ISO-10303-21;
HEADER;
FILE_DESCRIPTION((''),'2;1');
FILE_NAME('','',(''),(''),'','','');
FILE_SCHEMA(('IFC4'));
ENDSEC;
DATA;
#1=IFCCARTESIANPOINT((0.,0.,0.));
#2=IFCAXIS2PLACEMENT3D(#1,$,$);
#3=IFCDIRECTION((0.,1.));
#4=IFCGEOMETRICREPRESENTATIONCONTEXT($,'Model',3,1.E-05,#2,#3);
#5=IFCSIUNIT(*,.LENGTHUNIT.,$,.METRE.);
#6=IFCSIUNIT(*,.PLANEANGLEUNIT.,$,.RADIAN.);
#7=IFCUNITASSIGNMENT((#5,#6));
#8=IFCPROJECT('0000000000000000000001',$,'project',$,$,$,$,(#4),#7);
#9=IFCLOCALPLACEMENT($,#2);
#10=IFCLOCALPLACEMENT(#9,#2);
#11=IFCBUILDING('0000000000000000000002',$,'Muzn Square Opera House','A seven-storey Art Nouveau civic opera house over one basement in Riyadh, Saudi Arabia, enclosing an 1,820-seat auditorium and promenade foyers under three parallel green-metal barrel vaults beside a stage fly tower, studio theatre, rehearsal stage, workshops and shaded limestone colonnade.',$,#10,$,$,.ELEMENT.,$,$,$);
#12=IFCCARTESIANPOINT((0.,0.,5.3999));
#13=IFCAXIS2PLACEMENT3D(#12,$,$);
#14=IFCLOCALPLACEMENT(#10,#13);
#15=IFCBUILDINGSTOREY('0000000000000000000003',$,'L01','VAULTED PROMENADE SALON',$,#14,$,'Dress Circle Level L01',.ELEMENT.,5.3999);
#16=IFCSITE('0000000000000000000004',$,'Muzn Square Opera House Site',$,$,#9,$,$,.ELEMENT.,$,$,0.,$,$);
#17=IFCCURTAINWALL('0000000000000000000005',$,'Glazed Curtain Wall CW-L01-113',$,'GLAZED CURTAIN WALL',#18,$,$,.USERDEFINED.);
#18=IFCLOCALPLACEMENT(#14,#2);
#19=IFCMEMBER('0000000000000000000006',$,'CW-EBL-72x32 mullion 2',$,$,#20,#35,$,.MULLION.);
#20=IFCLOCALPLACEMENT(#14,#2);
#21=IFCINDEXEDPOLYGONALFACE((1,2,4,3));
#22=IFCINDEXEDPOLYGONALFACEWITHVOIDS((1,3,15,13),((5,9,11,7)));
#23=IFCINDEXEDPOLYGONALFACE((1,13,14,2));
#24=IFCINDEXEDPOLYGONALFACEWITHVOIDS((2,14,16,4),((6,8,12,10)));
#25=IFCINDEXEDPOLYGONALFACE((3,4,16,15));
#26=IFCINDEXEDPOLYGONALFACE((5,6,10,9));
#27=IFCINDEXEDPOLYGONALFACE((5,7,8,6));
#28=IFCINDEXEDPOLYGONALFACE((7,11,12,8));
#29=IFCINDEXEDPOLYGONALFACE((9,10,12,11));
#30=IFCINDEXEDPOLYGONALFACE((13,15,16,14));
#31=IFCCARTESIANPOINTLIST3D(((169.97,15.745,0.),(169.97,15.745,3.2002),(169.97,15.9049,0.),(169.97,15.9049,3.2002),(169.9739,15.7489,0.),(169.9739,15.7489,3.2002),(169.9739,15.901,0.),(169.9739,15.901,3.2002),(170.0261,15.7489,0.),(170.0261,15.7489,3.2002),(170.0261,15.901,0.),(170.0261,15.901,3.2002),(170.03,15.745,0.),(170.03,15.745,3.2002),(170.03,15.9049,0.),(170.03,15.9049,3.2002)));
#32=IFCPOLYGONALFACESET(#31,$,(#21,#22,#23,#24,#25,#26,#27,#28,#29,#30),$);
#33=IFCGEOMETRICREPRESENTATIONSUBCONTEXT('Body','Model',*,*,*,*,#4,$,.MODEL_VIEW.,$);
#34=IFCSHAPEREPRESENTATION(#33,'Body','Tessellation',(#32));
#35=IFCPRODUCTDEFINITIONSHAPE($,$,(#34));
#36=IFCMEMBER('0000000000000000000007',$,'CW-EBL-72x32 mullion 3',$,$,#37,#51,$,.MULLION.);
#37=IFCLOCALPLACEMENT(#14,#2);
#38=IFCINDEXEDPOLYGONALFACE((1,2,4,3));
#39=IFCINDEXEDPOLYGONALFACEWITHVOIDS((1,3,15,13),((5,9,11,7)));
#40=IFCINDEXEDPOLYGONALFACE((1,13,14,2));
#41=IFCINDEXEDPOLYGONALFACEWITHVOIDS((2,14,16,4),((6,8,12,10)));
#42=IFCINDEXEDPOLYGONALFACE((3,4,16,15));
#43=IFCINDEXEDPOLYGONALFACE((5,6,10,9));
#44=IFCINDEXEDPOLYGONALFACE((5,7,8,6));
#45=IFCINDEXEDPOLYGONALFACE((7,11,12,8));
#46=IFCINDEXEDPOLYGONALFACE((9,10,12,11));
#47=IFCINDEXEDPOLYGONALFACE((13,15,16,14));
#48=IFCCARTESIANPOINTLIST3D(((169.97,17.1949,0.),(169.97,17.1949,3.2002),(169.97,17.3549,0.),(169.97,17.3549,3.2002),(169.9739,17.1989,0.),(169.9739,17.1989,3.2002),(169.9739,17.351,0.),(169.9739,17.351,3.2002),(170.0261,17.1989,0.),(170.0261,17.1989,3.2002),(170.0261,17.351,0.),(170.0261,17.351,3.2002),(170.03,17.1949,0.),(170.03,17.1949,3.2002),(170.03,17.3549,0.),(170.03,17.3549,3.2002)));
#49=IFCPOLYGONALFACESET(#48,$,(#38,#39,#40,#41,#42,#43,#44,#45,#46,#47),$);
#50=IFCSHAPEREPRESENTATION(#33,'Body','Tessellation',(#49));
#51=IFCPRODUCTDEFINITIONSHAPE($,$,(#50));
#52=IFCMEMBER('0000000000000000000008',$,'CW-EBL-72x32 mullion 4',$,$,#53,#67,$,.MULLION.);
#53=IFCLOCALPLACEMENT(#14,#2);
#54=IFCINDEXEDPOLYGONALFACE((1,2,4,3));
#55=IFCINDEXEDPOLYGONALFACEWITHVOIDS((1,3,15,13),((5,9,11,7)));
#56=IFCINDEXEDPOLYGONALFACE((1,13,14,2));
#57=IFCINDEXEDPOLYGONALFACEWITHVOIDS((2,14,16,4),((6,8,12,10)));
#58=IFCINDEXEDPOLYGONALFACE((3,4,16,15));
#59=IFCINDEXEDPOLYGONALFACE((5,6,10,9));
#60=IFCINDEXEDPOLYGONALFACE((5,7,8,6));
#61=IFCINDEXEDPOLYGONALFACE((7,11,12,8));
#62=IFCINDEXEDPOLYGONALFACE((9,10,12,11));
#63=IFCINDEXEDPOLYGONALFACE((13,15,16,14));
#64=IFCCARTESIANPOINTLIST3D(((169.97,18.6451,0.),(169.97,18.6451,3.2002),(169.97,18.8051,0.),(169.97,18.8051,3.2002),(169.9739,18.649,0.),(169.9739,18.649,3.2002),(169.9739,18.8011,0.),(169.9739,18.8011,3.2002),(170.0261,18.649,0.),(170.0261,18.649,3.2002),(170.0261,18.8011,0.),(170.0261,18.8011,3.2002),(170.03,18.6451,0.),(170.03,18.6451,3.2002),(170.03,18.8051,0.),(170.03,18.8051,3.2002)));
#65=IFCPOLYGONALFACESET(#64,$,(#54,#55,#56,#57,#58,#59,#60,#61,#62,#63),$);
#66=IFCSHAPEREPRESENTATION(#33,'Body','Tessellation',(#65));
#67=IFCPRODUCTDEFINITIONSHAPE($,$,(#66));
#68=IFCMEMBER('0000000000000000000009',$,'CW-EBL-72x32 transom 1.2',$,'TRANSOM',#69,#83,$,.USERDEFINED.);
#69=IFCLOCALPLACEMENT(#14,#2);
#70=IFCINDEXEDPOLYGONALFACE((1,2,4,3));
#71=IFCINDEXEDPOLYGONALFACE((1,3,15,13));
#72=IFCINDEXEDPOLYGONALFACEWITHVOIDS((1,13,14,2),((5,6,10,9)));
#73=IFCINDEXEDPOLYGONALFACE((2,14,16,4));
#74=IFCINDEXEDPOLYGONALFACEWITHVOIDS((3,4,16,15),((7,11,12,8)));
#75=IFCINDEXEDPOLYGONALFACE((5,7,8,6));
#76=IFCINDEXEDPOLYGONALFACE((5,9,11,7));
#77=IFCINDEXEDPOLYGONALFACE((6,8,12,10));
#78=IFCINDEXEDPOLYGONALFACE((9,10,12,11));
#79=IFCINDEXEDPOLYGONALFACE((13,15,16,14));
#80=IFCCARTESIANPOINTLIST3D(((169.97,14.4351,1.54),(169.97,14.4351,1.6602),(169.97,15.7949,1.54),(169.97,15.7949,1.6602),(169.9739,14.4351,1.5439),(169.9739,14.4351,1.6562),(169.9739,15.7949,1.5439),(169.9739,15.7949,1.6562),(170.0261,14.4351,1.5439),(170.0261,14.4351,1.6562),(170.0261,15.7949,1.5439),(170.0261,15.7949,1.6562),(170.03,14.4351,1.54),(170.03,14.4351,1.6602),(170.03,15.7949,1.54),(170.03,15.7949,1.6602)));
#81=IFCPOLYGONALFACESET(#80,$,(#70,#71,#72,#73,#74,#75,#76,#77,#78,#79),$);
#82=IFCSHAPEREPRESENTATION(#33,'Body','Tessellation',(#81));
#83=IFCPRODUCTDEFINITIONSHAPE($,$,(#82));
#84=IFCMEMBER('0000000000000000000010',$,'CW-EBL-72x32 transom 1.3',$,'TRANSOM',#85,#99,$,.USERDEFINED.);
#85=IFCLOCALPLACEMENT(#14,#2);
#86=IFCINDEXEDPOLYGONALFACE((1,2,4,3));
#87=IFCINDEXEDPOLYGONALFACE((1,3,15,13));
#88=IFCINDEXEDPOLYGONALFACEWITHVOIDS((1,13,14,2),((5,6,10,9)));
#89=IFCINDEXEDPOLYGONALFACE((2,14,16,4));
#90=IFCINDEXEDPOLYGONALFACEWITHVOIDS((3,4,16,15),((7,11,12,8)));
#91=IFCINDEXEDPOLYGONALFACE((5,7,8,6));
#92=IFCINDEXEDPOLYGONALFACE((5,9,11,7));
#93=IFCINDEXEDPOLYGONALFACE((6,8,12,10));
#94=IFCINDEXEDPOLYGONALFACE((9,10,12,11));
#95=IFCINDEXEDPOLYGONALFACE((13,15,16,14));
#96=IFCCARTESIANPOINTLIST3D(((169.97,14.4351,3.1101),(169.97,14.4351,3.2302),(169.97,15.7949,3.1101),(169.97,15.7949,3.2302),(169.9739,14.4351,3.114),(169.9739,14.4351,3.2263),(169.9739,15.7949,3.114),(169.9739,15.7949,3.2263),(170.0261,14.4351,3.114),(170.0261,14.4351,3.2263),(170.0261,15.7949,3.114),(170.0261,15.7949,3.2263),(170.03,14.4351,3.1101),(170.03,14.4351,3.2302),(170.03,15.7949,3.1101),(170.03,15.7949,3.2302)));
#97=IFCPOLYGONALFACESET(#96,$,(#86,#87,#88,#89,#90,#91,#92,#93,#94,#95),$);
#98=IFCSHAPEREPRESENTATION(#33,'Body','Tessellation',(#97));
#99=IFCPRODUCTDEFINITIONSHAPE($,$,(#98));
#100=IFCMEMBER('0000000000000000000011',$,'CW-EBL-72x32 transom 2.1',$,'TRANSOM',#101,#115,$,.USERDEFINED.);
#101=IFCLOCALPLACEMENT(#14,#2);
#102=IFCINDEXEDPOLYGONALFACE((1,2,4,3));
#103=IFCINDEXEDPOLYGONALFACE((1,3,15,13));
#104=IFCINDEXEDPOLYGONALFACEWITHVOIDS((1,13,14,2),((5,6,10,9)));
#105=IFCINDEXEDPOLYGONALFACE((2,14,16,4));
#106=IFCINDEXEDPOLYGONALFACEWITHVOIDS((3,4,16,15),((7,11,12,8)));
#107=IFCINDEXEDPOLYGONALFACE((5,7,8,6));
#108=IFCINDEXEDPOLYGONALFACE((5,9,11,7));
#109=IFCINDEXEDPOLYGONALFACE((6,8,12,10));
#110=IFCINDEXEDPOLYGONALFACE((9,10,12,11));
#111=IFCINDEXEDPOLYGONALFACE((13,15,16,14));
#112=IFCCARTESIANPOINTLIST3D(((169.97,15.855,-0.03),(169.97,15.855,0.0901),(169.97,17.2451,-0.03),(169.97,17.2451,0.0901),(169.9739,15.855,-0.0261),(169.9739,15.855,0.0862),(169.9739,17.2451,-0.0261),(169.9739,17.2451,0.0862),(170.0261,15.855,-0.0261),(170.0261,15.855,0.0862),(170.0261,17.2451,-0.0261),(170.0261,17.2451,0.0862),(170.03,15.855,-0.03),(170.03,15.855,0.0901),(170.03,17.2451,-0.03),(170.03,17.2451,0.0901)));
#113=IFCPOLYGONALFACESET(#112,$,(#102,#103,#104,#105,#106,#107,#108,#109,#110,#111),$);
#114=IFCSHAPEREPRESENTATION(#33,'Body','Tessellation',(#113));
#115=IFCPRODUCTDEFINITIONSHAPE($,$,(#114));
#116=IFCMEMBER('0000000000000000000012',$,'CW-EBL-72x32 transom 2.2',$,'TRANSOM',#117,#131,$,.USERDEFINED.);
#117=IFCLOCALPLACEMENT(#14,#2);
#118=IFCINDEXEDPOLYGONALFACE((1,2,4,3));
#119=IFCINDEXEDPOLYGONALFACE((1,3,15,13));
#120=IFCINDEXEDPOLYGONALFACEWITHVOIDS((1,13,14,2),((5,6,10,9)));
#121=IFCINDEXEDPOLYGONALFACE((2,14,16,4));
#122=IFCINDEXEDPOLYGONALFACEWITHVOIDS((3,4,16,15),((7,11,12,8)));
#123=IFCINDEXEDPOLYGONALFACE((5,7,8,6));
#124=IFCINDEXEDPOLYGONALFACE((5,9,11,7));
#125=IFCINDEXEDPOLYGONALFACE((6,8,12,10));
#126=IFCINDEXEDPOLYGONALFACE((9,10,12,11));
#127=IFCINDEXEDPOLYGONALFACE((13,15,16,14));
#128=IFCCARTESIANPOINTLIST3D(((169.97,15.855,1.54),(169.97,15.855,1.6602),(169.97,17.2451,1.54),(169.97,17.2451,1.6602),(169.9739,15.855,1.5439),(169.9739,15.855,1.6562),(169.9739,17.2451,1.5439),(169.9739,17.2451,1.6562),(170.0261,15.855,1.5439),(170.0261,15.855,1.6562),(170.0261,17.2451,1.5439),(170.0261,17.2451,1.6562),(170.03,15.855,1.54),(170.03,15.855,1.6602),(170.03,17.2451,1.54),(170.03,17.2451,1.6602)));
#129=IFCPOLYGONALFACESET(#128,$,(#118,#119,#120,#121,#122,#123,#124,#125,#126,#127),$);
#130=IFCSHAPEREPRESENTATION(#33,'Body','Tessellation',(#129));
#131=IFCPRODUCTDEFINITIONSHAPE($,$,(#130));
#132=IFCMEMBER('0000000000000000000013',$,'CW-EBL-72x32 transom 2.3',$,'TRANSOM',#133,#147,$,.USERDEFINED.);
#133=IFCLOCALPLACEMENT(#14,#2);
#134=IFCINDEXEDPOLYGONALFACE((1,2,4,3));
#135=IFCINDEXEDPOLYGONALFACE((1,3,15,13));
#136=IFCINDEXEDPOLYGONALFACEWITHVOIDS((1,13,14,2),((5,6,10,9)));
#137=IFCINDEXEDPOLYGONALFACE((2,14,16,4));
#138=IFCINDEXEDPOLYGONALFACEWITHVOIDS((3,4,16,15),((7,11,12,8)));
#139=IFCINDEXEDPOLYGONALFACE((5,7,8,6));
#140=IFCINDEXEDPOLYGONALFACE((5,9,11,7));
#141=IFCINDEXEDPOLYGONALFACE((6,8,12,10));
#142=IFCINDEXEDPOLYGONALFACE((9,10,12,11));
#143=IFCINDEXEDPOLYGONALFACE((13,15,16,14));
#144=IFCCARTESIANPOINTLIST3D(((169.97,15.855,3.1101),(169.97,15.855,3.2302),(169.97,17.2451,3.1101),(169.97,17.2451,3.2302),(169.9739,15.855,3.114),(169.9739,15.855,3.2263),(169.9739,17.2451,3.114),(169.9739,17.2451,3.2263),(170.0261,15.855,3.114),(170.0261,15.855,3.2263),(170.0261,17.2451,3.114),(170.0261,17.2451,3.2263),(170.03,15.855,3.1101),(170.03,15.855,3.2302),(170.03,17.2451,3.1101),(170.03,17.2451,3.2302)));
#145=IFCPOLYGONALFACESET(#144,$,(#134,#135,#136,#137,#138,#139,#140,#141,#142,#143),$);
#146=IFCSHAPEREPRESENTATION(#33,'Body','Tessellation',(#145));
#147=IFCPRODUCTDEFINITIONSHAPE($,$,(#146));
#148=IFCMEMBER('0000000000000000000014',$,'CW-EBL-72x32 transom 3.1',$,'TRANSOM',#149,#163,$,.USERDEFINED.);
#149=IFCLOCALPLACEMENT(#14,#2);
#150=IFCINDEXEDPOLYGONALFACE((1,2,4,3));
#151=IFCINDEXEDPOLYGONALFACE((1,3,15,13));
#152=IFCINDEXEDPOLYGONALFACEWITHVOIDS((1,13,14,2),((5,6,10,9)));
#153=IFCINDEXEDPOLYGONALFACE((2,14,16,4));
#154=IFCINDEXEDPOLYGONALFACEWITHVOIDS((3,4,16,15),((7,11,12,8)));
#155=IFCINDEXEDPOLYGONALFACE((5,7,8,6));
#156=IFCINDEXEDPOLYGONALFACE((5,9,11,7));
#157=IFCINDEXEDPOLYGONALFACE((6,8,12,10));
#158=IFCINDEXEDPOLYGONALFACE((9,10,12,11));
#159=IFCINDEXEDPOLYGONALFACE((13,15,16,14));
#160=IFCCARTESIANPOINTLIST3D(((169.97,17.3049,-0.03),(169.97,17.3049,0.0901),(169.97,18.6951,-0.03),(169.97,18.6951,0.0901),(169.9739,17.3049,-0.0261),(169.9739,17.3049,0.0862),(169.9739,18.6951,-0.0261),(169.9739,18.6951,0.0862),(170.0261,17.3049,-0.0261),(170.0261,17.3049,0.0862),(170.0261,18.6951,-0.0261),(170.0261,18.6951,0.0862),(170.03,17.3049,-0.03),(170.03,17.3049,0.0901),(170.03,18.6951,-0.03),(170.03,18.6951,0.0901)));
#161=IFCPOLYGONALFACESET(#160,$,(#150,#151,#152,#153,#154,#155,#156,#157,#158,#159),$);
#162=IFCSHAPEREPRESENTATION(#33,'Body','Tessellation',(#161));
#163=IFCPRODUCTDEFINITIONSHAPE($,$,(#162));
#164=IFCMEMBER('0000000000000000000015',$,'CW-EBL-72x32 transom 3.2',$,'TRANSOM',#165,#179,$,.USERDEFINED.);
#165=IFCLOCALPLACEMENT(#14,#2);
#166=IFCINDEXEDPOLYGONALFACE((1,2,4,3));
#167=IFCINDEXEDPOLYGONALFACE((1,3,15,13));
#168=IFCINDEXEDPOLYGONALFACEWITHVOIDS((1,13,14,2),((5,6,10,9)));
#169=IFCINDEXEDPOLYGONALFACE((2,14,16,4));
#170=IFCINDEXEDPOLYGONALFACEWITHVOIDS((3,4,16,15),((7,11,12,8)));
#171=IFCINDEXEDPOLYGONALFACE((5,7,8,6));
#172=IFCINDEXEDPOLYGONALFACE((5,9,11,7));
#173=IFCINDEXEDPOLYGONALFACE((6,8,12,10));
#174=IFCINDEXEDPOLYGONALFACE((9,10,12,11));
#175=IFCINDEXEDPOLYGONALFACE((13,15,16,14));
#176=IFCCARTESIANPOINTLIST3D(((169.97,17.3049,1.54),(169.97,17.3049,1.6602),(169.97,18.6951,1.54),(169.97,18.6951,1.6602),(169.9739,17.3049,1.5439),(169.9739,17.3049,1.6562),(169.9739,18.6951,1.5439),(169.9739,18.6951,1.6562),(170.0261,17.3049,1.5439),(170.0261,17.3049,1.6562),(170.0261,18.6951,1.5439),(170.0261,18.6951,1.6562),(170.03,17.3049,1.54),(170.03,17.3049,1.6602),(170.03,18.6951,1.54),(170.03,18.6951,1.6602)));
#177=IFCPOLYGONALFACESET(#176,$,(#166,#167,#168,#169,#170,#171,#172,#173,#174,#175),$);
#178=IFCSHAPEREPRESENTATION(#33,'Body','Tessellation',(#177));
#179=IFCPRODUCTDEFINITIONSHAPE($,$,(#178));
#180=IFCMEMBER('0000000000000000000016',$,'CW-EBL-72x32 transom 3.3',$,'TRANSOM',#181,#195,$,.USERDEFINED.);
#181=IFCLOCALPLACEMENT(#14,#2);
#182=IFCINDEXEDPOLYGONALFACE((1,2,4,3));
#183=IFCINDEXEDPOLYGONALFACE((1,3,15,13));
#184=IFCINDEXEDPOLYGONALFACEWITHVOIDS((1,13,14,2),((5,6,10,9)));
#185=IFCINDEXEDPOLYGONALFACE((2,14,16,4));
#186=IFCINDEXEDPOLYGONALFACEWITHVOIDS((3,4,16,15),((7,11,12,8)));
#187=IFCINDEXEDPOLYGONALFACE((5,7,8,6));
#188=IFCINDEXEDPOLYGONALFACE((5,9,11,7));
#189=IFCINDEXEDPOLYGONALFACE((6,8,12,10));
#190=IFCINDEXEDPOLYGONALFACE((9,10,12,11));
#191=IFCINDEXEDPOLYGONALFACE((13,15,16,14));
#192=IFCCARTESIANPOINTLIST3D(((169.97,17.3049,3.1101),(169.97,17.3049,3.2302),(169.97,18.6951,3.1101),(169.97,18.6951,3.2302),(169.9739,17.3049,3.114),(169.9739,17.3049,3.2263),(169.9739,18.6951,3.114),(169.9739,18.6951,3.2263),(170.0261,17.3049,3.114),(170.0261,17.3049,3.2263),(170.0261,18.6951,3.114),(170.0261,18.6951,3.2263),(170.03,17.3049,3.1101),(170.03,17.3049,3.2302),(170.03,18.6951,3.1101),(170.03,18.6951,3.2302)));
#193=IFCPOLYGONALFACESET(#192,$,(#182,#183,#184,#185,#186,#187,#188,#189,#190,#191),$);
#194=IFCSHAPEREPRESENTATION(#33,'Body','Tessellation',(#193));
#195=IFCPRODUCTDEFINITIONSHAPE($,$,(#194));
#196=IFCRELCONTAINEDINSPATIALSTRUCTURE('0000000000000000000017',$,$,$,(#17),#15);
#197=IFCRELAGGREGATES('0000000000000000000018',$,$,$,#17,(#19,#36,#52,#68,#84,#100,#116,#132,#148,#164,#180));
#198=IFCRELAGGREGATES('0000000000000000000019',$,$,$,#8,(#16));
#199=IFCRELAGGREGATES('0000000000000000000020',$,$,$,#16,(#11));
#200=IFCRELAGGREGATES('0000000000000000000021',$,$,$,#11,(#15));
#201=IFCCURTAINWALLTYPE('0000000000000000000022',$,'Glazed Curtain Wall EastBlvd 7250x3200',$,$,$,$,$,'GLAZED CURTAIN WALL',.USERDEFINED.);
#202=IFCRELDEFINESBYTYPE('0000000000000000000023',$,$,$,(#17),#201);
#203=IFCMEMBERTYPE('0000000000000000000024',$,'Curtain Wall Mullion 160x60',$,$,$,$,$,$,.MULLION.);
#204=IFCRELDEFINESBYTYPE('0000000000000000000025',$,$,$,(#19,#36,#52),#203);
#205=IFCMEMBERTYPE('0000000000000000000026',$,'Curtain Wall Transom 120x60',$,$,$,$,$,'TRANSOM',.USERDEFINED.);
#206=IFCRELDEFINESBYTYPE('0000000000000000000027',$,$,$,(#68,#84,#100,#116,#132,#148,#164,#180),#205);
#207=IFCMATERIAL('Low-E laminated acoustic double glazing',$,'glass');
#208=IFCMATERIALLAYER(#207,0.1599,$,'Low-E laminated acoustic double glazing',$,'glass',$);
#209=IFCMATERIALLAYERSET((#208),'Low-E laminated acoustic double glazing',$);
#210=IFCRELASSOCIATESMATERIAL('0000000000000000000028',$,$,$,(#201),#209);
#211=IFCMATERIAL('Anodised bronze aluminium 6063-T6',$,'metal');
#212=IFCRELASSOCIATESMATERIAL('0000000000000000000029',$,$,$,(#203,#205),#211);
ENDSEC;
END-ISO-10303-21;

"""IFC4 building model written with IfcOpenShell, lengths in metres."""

from ifc_helpers import new_model, si_unit, direction, frame, origin, origin_2d, place, context, subcontext, project, spatial, hollow_rectangle, extrude, material, layer, layer_set, material_profile, profile_set, type_object, element, aggregate, save


model = new_model("IFC4")

# Units and contexts
model_context = context("Model", 3, precision=1e-05, world=origin(), true_north=direction((0.0, 1.0)))
body_context = subcontext(model_context, "Body", "Model", "MODEL_VIEW")
ifc_project = project(units=[si_unit("LENGTHUNIT", "METRE"), si_unit("PLANEANGLEUNIT", "RADIAN")], contexts=[model_context])

# Site, building, storey
site_placement = place(None, origin())
site = spatial("IfcSite", under=ifc_project, at=site_placement, Name="Muzn Square Opera House Site", CompositionType="ELEMENT", RefElevation=0.0)
building_placement = place(site_placement, origin())
building = spatial("IfcBuilding", under=site, at=building_placement, Name="Muzn Square Opera House", Description="A seven-storey Art Nouveau civic opera house over one basement in Riyadh, Saudi Arabia, enclosing an 1,820-seat auditorium and promenade foyers under three parallel green-metal barrel vaults beside a stage fly tower, studio theatre, rehearsal stage, workshops and shaded limestone colonnade.", CompositionType="ELEMENT")
storey_placement = place(building_placement, frame((0.0, 0.0, 5.3999)))
storey = spatial("IfcBuildingStorey", under=building, at=storey_placement, Name="L01", Description="VAULTED PROMENADE SALON", LongName="Dress Circle Level L01", CompositionType="ELEMENT", Elevation=5.3999)

# Curtain wall, members
ifc_material_1 = material(Name="Low-E laminated acoustic double glazing", Category="glass")
ifc_layer_1 = layer(ifc_material_1, 0.1599, Name="Low-E laminated acoustic double glazing", Category="glass")
ifc_layer_set_1 = layer_set([ifc_layer_1], Name="Low-E laminated acoustic double glazing")
curtain_wall_type = type_object("IfcCurtainWallType", Name="Glazed Curtain Wall EastBlvd 7250x3200", ElementType="GLAZED CURTAIN WALL", PredefinedType="USERDEFINED", material=ifc_layer_set_1)
curtain_wall_placement = place(storey_placement, origin())
curtain_wall = element("IfcCurtainWall", 1, at=curtain_wall_placement, inside=storey, type_object=curtain_wall_type, Name="Glazed Curtain Wall CW-L01-113", ObjectType="GLAZED CURTAIN WALL", PredefinedType="USERDEFINED")
ifc_material_2 = material(Name="Anodised bronze aluminium 6063-T6", Category="metal")
ifc_material_profile_1 = material_profile(ifc_material_2, hollow_rectangle(XDim=0.0601, YDim=0.1599, WallThickness=0.0039, at=origin_2d()), Name="ALU 160x60x4", Category="metal")
ifc_profile_set_1 = profile_set([ifc_material_profile_1], Name="Anodised bronze aluminium 6063-T6")
member_type_1 = type_object("IfcMemberType", Name="Curtain Wall Mullion 160x60", PredefinedType="MULLION", material=ifc_profile_set_1)
member_1_placement = place(storey_placement, frame((170.0, 15.825, 0.0), z_axis=(0.0, 0.0, 1.0), x_axis=(-1.0, 0.0, 0.0)))
member_1 = element("IfcMember", 2, at=member_1_placement, type_object=member_type_1, Name="CW-EBL-72x32 mullion 2", PredefinedType="MULLION", context=body_context, shape_type="SweptSolid", body=[
    extrude(hollow_rectangle(XDim=0.0601, YDim=0.1599, WallThickness=0.0039, at=origin_2d()), origin(), (0.0, 0.0, 1.0), 3.2002),
])
member_2_placement = place(storey_placement, frame((170.0, 17.2749, 0.0), z_axis=(0.0, 0.0, 1.0), x_axis=(-1.0, 0.0, 0.0)))
member_2 = element("IfcMember", 3, at=member_2_placement, type_object=member_type_1, Name="CW-EBL-72x32 mullion 3", PredefinedType="MULLION", context=body_context, shape_type="SweptSolid", body=[
    extrude(hollow_rectangle(XDim=0.0601, YDim=0.1599, WallThickness=0.0039, at=origin_2d()), origin(), (0.0, 0.0, 1.0), 3.2002),
])
member_3_placement = place(storey_placement, frame((170.0, 18.7251, 0.0), z_axis=(0.0, 0.0, 1.0), x_axis=(-1.0, 0.0, 0.0)))
member_3 = element("IfcMember", 4, at=member_3_placement, type_object=member_type_1, Name="CW-EBL-72x32 mullion 4", PredefinedType="MULLION", context=body_context, shape_type="SweptSolid", body=[
    extrude(hollow_rectangle(XDim=0.0601, YDim=0.1599, WallThickness=0.0039, at=origin_2d()), origin(), (0.0, 0.0, 1.0), 3.2002),
])
ifc_material_profile_2 = material_profile(ifc_material_2, hollow_rectangle(XDim=0.0601, YDim=0.1201, WallThickness=0.0039, at=origin_2d()), Name="ALU 120x60x4", Category="metal")
ifc_profile_set_2 = profile_set([ifc_material_profile_2], Name="Anodised bronze aluminium 6063-T6")
member_type_2 = type_object("IfcMemberType", Name="Curtain Wall Transom 120x60", ElementType="TRANSOM", PredefinedType="USERDEFINED", material=ifc_profile_set_2)
member_4_placement = place(storey_placement, frame((170.0, 14.4351, 1.6001), z_axis=(0.0, 1.0, 0.0), x_axis=(-1.0, 0.0, 0.0)))
member_4 = element("IfcMember", 5, at=member_4_placement, type_object=member_type_2, Name="CW-EBL-72x32 transom 1.2", ObjectType="TRANSOM", PredefinedType="USERDEFINED", context=body_context, shape_type="SweptSolid", body=[
    extrude(hollow_rectangle(XDim=0.0601, YDim=0.1201, WallThickness=0.0039, at=origin_2d()), origin(), (0.0, 0.0, 1.0), 1.3599),
])
member_5_placement = place(storey_placement, frame((170.0, 14.4351, 3.1702), z_axis=(0.0, 1.0, 0.0), x_axis=(-1.0, 0.0, 0.0)))
member_5 = element("IfcMember", 6, at=member_5_placement, type_object=member_type_2, Name="CW-EBL-72x32 transom 1.3", ObjectType="TRANSOM", PredefinedType="USERDEFINED", context=body_context, shape_type="SweptSolid", body=[
    extrude(hollow_rectangle(XDim=0.0601, YDim=0.1201, WallThickness=0.0039, at=origin_2d()), origin(), (0.0, 0.0, 1.0), 1.3599),
])
member_6_placement = place(storey_placement, frame((170.0, 15.855, 0.03), z_axis=(0.0, 1.0, 0.0), x_axis=(-1.0, 0.0, 0.0)))
member_6 = element("IfcMember", 7, at=member_6_placement, type_object=member_type_2, Name="CW-EBL-72x32 transom 2.1", ObjectType="TRANSOM", PredefinedType="USERDEFINED", context=body_context, shape_type="SweptSolid", body=[
    extrude(hollow_rectangle(XDim=0.0601, YDim=0.1201, WallThickness=0.0039, at=origin_2d()), origin(), (0.0, 0.0, 1.0), 1.3901),
])
member_7_placement = place(storey_placement, frame((170.0, 15.855, 1.6001), z_axis=(0.0, 1.0, 0.0), x_axis=(-1.0, 0.0, 0.0)))
member_7 = element("IfcMember", 8, at=member_7_placement, type_object=member_type_2, Name="CW-EBL-72x32 transom 2.2", ObjectType="TRANSOM", PredefinedType="USERDEFINED", context=body_context, shape_type="SweptSolid", body=[
    extrude(hollow_rectangle(XDim=0.0601, YDim=0.1201, WallThickness=0.0039, at=origin_2d()), origin(), (0.0, 0.0, 1.0), 1.3901),
])
member_8_placement = place(storey_placement, frame((170.0, 15.855, 3.1702), z_axis=(0.0, 1.0, 0.0), x_axis=(-1.0, 0.0, 0.0)))
member_8 = element("IfcMember", 9, at=member_8_placement, type_object=member_type_2, Name="CW-EBL-72x32 transom 2.3", ObjectType="TRANSOM", PredefinedType="USERDEFINED", context=body_context, shape_type="SweptSolid", body=[
    extrude(hollow_rectangle(XDim=0.0601, YDim=0.1201, WallThickness=0.0039, at=origin_2d()), origin(), (0.0, 0.0, 1.0), 1.3901),
])
member_9_placement = place(storey_placement, frame((170.0, 17.3049, 0.03), z_axis=(0.0, 1.0, 0.0), x_axis=(-1.0, 0.0, 0.0)))
member_9 = element("IfcMember", 10, at=member_9_placement, type_object=member_type_2, Name="CW-EBL-72x32 transom 3.1", ObjectType="TRANSOM", PredefinedType="USERDEFINED", context=body_context, shape_type="SweptSolid", body=[
    extrude(hollow_rectangle(XDim=0.0601, YDim=0.1201, WallThickness=0.0039, at=origin_2d()), origin(), (0.0, 0.0, 1.0), 1.3901),
])
member_10_placement = place(storey_placement, frame((170.0, 17.3049, 1.6001), z_axis=(0.0, 1.0, 0.0), x_axis=(-1.0, 0.0, 0.0)))
member_10 = element("IfcMember", 11, at=member_10_placement, type_object=member_type_2, Name="CW-EBL-72x32 transom 3.2", ObjectType="TRANSOM", PredefinedType="USERDEFINED", context=body_context, shape_type="SweptSolid", body=[
    extrude(hollow_rectangle(XDim=0.0601, YDim=0.1201, WallThickness=0.0039, at=origin_2d()), origin(), (0.0, 0.0, 1.0), 1.3901),
])
member_11_placement = place(storey_placement, frame((170.0, 17.3049, 3.1702), z_axis=(0.0, 1.0, 0.0), x_axis=(-1.0, 0.0, 0.0)))
member_11 = element("IfcMember", 12, at=member_11_placement, type_object=member_type_2, Name="CW-EBL-72x32 transom 3.3", ObjectType="TRANSOM", PredefinedType="USERDEFINED", context=body_context, shape_type="SweptSolid", body=[
    extrude(hollow_rectangle(XDim=0.0601, YDim=0.1201, WallThickness=0.0039, at=origin_2d()), origin(), (0.0, 0.0, 1.0), 1.3901),
])

aggregate(curtain_wall, [member_1, member_2, member_3, member_4, member_5, member_6, member_7, member_8, member_9, member_10, member_11])

save(model, "model.ifc")
